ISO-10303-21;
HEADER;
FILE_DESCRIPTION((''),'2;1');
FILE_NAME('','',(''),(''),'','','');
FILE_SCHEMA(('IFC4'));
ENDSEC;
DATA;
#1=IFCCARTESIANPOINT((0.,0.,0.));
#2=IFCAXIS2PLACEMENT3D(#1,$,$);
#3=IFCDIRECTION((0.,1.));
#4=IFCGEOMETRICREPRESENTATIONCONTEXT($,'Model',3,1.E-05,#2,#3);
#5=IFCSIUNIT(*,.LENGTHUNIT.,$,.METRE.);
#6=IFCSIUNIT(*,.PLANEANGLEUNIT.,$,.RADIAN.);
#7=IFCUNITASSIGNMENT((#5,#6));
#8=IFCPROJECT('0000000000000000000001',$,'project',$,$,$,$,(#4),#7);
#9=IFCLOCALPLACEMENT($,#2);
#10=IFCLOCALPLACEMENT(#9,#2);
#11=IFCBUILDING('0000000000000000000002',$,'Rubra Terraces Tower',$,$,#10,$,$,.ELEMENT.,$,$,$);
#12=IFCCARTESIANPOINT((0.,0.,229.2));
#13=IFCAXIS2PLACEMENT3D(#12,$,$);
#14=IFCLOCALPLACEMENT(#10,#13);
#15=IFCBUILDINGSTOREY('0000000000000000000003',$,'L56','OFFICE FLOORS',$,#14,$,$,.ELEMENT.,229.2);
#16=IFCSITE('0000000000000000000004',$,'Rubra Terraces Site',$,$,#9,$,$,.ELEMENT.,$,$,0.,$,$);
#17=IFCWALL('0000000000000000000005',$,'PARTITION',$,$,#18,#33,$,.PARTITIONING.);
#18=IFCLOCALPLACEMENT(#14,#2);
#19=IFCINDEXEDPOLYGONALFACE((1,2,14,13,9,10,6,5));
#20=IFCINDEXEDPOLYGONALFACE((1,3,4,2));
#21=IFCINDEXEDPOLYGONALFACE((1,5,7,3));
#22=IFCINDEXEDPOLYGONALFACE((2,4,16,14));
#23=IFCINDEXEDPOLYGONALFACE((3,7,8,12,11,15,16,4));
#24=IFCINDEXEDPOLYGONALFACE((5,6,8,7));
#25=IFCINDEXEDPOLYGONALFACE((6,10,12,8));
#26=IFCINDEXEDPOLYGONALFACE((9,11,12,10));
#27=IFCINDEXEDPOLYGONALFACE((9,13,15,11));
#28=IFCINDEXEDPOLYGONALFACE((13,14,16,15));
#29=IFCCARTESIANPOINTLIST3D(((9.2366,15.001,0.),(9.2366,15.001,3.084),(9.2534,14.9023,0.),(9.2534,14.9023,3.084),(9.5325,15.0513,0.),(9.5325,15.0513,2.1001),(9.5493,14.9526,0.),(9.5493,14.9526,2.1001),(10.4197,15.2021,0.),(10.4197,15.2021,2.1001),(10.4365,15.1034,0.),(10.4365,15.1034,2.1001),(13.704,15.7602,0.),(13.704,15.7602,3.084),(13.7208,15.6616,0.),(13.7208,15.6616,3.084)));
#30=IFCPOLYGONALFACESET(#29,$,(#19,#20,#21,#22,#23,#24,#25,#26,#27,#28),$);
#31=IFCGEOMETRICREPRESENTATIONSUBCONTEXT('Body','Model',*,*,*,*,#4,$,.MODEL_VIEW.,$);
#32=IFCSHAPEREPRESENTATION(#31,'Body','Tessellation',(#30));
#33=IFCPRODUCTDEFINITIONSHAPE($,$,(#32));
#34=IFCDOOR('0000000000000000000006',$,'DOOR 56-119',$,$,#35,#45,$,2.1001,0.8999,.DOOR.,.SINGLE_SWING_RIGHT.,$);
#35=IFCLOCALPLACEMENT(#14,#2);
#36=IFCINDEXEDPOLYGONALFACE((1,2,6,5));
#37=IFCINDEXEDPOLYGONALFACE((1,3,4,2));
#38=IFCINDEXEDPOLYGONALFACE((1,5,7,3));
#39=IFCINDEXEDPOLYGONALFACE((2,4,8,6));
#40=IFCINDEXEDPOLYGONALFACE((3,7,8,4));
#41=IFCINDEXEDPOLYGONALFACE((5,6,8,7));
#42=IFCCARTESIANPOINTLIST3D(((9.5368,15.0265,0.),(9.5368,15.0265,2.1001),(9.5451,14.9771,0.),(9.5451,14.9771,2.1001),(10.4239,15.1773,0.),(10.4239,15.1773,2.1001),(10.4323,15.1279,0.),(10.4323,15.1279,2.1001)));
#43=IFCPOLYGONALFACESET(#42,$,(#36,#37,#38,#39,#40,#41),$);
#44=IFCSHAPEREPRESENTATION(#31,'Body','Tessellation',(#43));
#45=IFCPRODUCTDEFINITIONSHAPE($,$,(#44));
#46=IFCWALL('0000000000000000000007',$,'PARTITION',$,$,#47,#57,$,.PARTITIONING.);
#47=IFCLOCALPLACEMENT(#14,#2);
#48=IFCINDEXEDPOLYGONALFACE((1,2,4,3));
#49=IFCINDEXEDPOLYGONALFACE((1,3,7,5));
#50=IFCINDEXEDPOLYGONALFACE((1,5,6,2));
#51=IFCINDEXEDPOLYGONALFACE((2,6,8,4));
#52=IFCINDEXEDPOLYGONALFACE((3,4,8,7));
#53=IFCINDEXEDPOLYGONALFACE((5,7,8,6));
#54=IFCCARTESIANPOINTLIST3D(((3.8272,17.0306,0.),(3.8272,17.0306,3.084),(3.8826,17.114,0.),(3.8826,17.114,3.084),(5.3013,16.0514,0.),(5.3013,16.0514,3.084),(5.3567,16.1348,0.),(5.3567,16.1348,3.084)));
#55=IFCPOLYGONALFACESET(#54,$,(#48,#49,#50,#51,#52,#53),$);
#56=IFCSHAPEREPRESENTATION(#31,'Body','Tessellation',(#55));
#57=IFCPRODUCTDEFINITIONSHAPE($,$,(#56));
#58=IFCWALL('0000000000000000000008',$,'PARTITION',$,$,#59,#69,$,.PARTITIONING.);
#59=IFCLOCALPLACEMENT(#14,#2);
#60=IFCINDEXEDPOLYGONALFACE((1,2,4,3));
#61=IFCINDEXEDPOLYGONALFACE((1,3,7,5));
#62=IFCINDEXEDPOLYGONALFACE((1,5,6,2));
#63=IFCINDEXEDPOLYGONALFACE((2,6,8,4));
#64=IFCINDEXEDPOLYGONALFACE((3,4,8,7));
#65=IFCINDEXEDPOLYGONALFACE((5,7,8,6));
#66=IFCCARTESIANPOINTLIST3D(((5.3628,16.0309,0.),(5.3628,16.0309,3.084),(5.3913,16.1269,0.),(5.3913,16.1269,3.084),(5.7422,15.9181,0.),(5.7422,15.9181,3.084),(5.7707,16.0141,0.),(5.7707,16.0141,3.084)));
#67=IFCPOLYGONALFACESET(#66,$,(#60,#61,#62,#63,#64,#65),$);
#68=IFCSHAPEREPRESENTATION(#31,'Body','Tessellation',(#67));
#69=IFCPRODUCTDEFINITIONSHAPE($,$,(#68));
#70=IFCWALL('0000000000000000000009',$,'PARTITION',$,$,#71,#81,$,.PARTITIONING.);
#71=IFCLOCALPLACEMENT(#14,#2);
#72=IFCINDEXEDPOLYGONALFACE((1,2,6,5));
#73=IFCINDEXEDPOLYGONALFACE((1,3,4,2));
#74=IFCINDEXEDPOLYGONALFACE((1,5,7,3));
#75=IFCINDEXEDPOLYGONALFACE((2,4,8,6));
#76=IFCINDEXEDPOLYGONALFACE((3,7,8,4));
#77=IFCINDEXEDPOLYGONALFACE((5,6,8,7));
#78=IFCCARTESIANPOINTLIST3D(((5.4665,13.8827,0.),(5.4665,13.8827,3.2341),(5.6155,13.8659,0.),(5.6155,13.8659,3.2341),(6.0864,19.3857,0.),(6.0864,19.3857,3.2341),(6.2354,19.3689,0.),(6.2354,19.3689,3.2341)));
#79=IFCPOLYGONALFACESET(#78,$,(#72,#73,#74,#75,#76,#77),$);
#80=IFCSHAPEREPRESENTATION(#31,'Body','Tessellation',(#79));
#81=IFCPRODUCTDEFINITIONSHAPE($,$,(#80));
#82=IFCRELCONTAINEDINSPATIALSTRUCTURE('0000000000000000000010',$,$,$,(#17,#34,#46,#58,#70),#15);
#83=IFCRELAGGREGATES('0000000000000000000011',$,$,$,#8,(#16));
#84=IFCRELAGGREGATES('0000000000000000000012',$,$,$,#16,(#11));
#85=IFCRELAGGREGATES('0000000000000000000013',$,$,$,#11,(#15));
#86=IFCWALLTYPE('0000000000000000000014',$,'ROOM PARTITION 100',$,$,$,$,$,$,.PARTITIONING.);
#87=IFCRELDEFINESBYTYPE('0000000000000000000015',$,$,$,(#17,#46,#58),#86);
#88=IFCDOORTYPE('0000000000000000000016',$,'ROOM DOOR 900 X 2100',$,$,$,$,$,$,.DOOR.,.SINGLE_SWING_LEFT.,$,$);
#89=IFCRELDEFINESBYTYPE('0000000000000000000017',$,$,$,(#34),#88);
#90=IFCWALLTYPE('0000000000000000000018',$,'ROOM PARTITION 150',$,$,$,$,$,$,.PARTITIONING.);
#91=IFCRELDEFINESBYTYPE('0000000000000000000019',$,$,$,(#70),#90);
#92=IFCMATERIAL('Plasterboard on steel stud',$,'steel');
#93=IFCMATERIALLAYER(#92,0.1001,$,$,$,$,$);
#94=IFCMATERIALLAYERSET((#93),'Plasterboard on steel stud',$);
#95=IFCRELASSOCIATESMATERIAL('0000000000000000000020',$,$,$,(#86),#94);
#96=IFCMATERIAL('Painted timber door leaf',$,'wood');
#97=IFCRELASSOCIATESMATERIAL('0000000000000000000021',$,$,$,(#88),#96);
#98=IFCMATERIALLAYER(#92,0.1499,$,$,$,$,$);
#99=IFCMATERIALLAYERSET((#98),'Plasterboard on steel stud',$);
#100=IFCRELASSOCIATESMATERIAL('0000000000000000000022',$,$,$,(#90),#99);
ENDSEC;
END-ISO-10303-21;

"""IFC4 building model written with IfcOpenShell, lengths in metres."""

from ifc_helpers import new_model, si_unit, direction, frame, frame_2d, origin, place, context, subcontext, project, spatial, rectangle, extrude, material, layer, layer_set, type_object, element, fill, save


model = new_model("IFC4")

# Units and contexts
model_context = context("Model", 3, precision=1e-05, world=origin(), true_north=direction((0.0, 1.0)))
body_context = subcontext(model_context, "Body", "Model", "MODEL_VIEW")
ifc_project = project(units=[si_unit("LENGTHUNIT", "METRE"), si_unit("PLANEANGLEUNIT", "RADIAN")], contexts=[model_context])

# Site, building, storey
site_placement = place(None, origin())
site = spatial("IfcSite", under=ifc_project, at=site_placement, Name="Rubra Terraces Site", CompositionType="ELEMENT", RefElevation=0.0)
building_placement = place(site_placement, origin())
building = spatial("IfcBuilding", under=site, at=building_placement, Name="Rubra Terraces Tower", CompositionType="ELEMENT")
storey_placement = place(building_placement, frame((0.0, 0.0, 229.2)))
storey = spatial("IfcBuildingStorey", under=building, at=storey_placement, Name="L56", Description="OFFICE FLOORS", CompositionType="ELEMENT", Elevation=229.2)

# Shared definitions
ifc_material_1 = material(Name="Plasterboard on steel stud", Category="steel")
ifc_layer_1 = layer(ifc_material_1, 0.1001)
ifc_layer_set_1 = layer_set([ifc_layer_1], Name="Plasterboard on steel stud")
wall_type_1 = type_object("IfcWallType", Name="ROOM PARTITION 100", PredefinedType="PARTITIONING", material=ifc_layer_set_1)

# Wall, opening, door
wall_1_placement = place(storey_placement, frame((9.2451, 14.9517, 0.0), z_axis=(0.0, 0.0, 1.0), x_axis=(0.985863, 0.167552, 0.0)))
wall_1 = element("IfcWall", 1, at=wall_1_placement, inside=storey, type_object=wall_type_1, Name="PARTITION", PredefinedType="PARTITIONING", context=body_context, shape_type="SweptSolid", body=[
    extrude(rectangle(XDim=4.5315, YDim=0.1001, at=frame_2d((2.2656, 0.0))), origin(), (0.0, 0.0, 1.0), 3.084),
])
opening_1_placement = place(wall_1_placement, frame((0.3, 0.0, 0.0)))
opening_1 = element("IfcOpeningElement", 2, at=opening_1_placement, cuts=wall_1, PredefinedType="OPENING", context=body_context, shape_type="SweptSolid", body=[
    extrude(rectangle(XDim=0.8999, YDim=2.1001, at=frame_2d((0.45, 1.05))), frame((0.0, 0.0601, 0.0), z_axis=(0.0, -1.0, 0.0), x_axis=(1.0, 0.0, 0.0)), (0.0, 0.0, 1.0), 0.1201),
])
ifc_material_2 = material(Name="Painted timber door leaf", Category="wood")
door_type = type_object("IfcDoorType", Name="ROOM DOOR 900 X 2100", OperationType="SINGLE_SWING_LEFT", PredefinedType="DOOR", material=ifc_material_2)
door_placement = place(opening_1_placement, origin())
door = element("IfcDoor", 3, at=door_placement, inside=storey, type_object=door_type, Name="DOOR 56-119", OperationType="SINGLE_SWING_RIGHT", OverallHeight=2.1001, OverallWidth=0.8999, PredefinedType="DOOR", context=body_context, shape_type="SweptSolid", body=[
    extrude(rectangle(XDim=0.8999, YDim=2.1001, at=frame_2d((0.45, 1.05))), frame((0.0, 0.0249, 0.0), z_axis=(0.0, -1.0, 0.0), x_axis=(1.0, 0.0, 0.0)), (0.0, 0.0, 1.0), 0.05),
])
fill(opening_1, door)

# Walls
wall_2_placement = place(storey_placement, frame((3.855, 17.0723, 0.0), z_axis=(0.0, 0.0, 1.0), x_axis=(0.832962, -0.553331, 0.0)))
element("IfcWall", 4, at=wall_2_placement, inside=storey, type_object=wall_type_1, Name="PARTITION", PredefinedType="PARTITIONING", context=body_context, shape_type="SweptSolid", body=[
    extrude(rectangle(XDim=1.7698, YDim=0.1001, at=frame_2d((0.8848, 0.0))), origin(), (0.0, 0.0, 1.0), 3.084),
])
wall_3_placement = place(storey_placement, frame((5.3772, 16.0789, 0.0), z_axis=(0.0, 0.0, 1.0), x_axis=(0.958536, -0.28497, 0.0)))
element("IfcWall", 5, at=wall_3_placement, inside=storey, type_object=wall_type_1, Name="PARTITION", PredefinedType="PARTITIONING", context=body_context, shape_type="SweptSolid", body=[
    extrude(rectangle(XDim=0.3958, YDim=0.1001, at=frame_2d((0.1978, 0.0))), origin(), (0.0, 0.0, 1.0), 3.084),
])
ifc_layer_2 = layer(ifc_material_1, 0.1499)
ifc_layer_set_2 = layer_set([ifc_layer_2], Name="Plasterboard on steel stud")
wall_type_2 = type_object("IfcWallType", Name="ROOM PARTITION 150", PredefinedType="PARTITIONING", material=ifc_layer_set_2)
wall_4_placement = place(storey_placement, frame((6.1609, 19.3774, 0.0), z_axis=(0.0, 0.0, 1.0), x_axis=(-0.111936, -0.993715, 0.0)))
element("IfcWall", 6, at=wall_4_placement, inside=storey, type_object=wall_type_2, Name="PARTITION", PredefinedType="PARTITIONING", context=body_context, shape_type="SweptSolid", body=[
    extrude(rectangle(XDim=5.5378, YDim=0.1499, at=frame_2d((2.769, 0.0))), origin(), (0.0, 0.0, 1.0), 3.2341),
])

save(model, "model.ifc")
